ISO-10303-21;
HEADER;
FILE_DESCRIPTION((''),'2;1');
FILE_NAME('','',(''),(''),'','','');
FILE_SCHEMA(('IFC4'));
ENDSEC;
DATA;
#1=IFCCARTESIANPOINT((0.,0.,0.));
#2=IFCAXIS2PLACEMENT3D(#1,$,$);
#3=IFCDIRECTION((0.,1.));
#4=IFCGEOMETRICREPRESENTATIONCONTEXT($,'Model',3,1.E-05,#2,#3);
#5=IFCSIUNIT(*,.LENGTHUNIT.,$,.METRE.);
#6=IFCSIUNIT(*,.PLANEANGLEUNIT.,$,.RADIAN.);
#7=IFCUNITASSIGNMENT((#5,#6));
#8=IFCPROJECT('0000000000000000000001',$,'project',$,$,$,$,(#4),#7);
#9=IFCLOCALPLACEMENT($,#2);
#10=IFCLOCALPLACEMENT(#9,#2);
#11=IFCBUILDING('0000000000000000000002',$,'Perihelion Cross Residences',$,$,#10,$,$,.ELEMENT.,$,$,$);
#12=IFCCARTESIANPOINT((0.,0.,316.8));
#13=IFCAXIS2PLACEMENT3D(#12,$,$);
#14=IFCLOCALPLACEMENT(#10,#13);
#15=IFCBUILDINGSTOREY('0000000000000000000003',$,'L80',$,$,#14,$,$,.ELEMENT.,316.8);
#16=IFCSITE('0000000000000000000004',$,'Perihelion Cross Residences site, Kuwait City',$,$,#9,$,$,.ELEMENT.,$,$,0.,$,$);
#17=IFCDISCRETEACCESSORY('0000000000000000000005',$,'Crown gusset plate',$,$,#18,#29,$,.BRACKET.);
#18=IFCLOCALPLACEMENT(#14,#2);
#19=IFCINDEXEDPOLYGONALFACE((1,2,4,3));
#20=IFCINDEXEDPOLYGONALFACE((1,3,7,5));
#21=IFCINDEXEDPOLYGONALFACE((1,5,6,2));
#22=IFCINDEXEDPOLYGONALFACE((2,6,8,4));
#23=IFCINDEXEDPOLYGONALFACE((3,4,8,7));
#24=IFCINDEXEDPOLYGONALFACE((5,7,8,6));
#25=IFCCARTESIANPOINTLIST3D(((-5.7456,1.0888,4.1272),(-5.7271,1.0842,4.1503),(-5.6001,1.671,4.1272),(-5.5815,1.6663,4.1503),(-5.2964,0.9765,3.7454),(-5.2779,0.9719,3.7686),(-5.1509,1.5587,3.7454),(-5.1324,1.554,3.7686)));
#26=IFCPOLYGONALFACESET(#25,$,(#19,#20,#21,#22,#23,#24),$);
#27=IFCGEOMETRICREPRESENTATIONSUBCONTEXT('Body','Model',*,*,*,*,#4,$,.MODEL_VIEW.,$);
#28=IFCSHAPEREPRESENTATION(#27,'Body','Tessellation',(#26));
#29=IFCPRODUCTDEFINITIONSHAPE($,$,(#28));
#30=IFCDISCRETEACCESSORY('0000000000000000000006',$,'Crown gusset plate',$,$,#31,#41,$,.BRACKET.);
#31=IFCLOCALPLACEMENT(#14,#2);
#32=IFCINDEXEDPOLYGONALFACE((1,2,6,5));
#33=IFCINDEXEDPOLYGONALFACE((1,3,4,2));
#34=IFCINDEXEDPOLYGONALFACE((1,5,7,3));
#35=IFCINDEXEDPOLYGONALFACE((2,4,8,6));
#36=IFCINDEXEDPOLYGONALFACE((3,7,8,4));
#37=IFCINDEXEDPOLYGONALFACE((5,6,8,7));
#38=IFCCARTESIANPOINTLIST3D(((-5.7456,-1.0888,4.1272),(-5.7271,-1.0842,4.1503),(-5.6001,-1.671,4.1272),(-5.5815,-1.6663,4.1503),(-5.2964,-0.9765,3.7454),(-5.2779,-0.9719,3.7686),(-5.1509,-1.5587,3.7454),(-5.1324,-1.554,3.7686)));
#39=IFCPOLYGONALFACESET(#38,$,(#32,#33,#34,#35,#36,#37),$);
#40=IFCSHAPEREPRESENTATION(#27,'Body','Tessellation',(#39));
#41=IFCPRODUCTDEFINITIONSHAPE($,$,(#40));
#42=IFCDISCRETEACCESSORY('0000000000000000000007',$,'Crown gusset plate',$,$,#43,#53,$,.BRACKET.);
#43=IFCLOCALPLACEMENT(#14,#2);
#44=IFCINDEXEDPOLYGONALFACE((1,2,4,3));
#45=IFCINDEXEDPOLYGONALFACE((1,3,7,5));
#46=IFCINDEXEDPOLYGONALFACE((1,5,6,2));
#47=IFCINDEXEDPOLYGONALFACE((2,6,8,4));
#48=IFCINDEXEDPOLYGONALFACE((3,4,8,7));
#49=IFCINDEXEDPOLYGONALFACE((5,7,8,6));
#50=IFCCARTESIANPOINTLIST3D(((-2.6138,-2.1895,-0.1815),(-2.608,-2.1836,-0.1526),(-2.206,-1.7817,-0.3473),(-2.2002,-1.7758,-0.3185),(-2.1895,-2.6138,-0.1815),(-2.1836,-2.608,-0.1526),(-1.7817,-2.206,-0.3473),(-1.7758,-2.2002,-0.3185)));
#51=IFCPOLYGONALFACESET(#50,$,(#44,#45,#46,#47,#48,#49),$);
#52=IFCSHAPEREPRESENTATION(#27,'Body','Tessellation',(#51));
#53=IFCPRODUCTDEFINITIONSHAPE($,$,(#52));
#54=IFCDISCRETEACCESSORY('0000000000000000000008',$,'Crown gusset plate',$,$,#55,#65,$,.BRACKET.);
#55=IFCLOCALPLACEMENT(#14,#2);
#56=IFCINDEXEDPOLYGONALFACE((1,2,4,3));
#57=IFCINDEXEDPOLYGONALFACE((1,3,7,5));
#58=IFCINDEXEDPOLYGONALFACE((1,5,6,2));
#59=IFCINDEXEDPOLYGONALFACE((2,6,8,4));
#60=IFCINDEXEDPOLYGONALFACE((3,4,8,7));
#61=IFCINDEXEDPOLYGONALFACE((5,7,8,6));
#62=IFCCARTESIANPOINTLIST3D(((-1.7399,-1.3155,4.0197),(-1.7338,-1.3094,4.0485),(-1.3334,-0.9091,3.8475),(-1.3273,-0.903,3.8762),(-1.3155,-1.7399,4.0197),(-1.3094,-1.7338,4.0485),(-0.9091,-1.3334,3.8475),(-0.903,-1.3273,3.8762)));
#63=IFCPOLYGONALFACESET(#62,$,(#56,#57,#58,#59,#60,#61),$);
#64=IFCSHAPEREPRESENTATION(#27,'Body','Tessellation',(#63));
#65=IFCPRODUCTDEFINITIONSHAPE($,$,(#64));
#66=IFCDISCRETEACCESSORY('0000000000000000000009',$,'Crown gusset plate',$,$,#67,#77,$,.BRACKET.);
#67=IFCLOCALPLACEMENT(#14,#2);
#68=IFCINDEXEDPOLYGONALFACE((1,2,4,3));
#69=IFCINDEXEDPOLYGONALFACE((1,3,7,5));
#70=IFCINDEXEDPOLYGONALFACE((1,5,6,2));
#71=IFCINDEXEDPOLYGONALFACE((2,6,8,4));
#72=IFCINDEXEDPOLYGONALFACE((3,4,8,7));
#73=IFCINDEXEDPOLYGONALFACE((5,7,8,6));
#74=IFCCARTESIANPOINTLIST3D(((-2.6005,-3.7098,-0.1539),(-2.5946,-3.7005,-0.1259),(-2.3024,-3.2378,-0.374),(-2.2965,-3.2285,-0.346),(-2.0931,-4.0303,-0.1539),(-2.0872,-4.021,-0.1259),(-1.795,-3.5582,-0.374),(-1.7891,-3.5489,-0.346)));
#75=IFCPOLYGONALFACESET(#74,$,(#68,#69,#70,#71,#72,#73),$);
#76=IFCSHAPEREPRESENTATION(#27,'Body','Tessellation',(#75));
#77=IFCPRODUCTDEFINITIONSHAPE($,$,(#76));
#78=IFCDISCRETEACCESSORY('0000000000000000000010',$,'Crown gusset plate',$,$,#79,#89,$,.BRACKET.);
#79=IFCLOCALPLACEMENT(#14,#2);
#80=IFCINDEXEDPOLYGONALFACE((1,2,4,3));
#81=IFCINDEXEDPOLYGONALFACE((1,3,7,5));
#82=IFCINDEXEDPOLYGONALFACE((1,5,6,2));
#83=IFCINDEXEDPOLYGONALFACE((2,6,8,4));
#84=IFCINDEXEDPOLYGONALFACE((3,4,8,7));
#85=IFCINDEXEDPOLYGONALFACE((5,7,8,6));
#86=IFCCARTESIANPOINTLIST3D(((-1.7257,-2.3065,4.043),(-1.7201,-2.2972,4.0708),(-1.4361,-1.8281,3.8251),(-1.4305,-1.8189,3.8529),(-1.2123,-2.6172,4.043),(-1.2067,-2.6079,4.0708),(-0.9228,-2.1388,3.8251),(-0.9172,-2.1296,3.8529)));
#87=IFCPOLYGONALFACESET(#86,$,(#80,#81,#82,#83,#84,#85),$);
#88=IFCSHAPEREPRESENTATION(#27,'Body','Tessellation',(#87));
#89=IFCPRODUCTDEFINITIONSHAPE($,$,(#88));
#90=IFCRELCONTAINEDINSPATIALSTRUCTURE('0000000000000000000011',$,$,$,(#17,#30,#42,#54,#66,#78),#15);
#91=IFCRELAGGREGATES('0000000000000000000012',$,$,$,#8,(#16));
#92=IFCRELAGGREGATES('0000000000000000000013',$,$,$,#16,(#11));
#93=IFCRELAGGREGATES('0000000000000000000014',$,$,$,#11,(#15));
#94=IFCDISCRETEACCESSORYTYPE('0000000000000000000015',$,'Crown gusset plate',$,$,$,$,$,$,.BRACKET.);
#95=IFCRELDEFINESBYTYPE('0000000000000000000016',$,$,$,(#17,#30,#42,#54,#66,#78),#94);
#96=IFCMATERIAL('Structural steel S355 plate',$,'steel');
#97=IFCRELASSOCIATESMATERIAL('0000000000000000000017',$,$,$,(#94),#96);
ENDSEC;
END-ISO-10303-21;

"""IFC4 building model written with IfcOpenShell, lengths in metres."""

from ifc_helpers import new_model, si_unit, direction, frame, origin, origin_2d, place, context, subcontext, project, spatial, rectangle, extrude, material, material_profile, profile_set, type_object, element, save


model = new_model("IFC4")

# Units and contexts
model_context = context("Model", 3, precision=1e-05, world=origin(), true_north=direction((0.0, 1.0)))
body_context = subcontext(model_context, "Body", "Model", "MODEL_VIEW")
ifc_project = project(units=[si_unit("LENGTHUNIT", "METRE"), si_unit("PLANEANGLEUNIT", "RADIAN")], contexts=[model_context])

# Site, building, storey
site_placement = place(None, origin())
site = spatial("IfcSite", under=ifc_project, at=site_placement, Name="Perihelion Cross Residences site, Kuwait City", CompositionType="ELEMENT", RefElevation=0.0)
building_placement = place(site_placement, origin())
building = spatial("IfcBuilding", under=site, at=building_placement, Name="Perihelion Cross Residences", CompositionType="ELEMENT")
storey_placement = place(building_placement, frame((0.0, 0.0, 316.8)))
storey = spatial("IfcBuildingStorey", under=building, at=storey_placement, Name="L80", CompositionType="ELEMENT", Elevation=316.8)

# Discrete accessories
ifc_material_1 = material(Name="Structural steel S355 plate", Category="steel")
ifc_material_profile_1 = material_profile(ifc_material_1, rectangle(XDim=0.6001, YDim=0.6001, at=origin_2d()), Name="Crown gusset plate")
ifc_profile_set_1 = profile_set([ifc_material_profile_1], Name="Structural steel S355 plate")
discrete_accessory_type_1 = type_object("IfcDiscreteAccessoryType", Name="Crown gusset plate", PredefinedType="BRACKET", material=ifc_profile_set_1)
for number, where, z_axis, x_axis, name in (
    (1, (-5.4482, 1.3237, 3.9363), (0.617213, -0.154303, 0.771517), (0.242536, 0.970143, 0.0), "Crown gusset plate"),
    (2, (-5.4482, -1.3237, 3.9363), (0.617213, 0.154303, 0.771517), (-0.242536, 0.970143, 0.0), "Crown gusset plate"),
    (3, (-2.1978, -2.1978, -0.2644), (0.195465, 0.195465, 0.961034), (-0.707107, 0.707107, 0.0), "Crown gusset plate"),
    (4, (-1.3245, -1.3245, 3.9336), (0.20295, 0.20295, 0.957926), (-0.707107, 0.707107, 0.0), "Crown gusset plate"),
    (5, (-2.1978, -3.634, -0.2639), (0.195855, 0.310103, 0.93031), (-0.845489, 0.533993, 0.0), "Crown gusset plate"),
):
    element("IfcDiscreteAccessory", number, at=place(storey_placement, frame(where, z_axis=z_axis, x_axis=x_axis)), inside=storey, type_object=discrete_accessory_type_1, Name=name, PredefinedType="BRACKET", context=body_context, shape_type="SweptSolid", body=[
        extrude(rectangle(XDim=0.6001, YDim=0.6001, at=origin_2d()), origin(), (0.0, 0.0, 1.0), 0.03),
    ])
discrete_accessory_1_placement = place(storey_placement, frame((-1.3242, -2.2227, 3.9341), z_axis=(0.187989, 0.31059, 0.931769), x_axis=(-0.8555, 0.517803, 0.0)))
element("IfcDiscreteAccessory", 6, at=discrete_accessory_1_placement, inside=storey, type_object=discrete_accessory_type_1, Name="Crown gusset plate", PredefinedType="BRACKET", context=body_context, shape_type="SweptSolid", body=[
    extrude(rectangle(XDim=0.6001, YDim=0.6001, at=origin_2d()), origin(), (0.0, 0.0, 1.0), 0.0298),
])

save(model, "model.ifc")
